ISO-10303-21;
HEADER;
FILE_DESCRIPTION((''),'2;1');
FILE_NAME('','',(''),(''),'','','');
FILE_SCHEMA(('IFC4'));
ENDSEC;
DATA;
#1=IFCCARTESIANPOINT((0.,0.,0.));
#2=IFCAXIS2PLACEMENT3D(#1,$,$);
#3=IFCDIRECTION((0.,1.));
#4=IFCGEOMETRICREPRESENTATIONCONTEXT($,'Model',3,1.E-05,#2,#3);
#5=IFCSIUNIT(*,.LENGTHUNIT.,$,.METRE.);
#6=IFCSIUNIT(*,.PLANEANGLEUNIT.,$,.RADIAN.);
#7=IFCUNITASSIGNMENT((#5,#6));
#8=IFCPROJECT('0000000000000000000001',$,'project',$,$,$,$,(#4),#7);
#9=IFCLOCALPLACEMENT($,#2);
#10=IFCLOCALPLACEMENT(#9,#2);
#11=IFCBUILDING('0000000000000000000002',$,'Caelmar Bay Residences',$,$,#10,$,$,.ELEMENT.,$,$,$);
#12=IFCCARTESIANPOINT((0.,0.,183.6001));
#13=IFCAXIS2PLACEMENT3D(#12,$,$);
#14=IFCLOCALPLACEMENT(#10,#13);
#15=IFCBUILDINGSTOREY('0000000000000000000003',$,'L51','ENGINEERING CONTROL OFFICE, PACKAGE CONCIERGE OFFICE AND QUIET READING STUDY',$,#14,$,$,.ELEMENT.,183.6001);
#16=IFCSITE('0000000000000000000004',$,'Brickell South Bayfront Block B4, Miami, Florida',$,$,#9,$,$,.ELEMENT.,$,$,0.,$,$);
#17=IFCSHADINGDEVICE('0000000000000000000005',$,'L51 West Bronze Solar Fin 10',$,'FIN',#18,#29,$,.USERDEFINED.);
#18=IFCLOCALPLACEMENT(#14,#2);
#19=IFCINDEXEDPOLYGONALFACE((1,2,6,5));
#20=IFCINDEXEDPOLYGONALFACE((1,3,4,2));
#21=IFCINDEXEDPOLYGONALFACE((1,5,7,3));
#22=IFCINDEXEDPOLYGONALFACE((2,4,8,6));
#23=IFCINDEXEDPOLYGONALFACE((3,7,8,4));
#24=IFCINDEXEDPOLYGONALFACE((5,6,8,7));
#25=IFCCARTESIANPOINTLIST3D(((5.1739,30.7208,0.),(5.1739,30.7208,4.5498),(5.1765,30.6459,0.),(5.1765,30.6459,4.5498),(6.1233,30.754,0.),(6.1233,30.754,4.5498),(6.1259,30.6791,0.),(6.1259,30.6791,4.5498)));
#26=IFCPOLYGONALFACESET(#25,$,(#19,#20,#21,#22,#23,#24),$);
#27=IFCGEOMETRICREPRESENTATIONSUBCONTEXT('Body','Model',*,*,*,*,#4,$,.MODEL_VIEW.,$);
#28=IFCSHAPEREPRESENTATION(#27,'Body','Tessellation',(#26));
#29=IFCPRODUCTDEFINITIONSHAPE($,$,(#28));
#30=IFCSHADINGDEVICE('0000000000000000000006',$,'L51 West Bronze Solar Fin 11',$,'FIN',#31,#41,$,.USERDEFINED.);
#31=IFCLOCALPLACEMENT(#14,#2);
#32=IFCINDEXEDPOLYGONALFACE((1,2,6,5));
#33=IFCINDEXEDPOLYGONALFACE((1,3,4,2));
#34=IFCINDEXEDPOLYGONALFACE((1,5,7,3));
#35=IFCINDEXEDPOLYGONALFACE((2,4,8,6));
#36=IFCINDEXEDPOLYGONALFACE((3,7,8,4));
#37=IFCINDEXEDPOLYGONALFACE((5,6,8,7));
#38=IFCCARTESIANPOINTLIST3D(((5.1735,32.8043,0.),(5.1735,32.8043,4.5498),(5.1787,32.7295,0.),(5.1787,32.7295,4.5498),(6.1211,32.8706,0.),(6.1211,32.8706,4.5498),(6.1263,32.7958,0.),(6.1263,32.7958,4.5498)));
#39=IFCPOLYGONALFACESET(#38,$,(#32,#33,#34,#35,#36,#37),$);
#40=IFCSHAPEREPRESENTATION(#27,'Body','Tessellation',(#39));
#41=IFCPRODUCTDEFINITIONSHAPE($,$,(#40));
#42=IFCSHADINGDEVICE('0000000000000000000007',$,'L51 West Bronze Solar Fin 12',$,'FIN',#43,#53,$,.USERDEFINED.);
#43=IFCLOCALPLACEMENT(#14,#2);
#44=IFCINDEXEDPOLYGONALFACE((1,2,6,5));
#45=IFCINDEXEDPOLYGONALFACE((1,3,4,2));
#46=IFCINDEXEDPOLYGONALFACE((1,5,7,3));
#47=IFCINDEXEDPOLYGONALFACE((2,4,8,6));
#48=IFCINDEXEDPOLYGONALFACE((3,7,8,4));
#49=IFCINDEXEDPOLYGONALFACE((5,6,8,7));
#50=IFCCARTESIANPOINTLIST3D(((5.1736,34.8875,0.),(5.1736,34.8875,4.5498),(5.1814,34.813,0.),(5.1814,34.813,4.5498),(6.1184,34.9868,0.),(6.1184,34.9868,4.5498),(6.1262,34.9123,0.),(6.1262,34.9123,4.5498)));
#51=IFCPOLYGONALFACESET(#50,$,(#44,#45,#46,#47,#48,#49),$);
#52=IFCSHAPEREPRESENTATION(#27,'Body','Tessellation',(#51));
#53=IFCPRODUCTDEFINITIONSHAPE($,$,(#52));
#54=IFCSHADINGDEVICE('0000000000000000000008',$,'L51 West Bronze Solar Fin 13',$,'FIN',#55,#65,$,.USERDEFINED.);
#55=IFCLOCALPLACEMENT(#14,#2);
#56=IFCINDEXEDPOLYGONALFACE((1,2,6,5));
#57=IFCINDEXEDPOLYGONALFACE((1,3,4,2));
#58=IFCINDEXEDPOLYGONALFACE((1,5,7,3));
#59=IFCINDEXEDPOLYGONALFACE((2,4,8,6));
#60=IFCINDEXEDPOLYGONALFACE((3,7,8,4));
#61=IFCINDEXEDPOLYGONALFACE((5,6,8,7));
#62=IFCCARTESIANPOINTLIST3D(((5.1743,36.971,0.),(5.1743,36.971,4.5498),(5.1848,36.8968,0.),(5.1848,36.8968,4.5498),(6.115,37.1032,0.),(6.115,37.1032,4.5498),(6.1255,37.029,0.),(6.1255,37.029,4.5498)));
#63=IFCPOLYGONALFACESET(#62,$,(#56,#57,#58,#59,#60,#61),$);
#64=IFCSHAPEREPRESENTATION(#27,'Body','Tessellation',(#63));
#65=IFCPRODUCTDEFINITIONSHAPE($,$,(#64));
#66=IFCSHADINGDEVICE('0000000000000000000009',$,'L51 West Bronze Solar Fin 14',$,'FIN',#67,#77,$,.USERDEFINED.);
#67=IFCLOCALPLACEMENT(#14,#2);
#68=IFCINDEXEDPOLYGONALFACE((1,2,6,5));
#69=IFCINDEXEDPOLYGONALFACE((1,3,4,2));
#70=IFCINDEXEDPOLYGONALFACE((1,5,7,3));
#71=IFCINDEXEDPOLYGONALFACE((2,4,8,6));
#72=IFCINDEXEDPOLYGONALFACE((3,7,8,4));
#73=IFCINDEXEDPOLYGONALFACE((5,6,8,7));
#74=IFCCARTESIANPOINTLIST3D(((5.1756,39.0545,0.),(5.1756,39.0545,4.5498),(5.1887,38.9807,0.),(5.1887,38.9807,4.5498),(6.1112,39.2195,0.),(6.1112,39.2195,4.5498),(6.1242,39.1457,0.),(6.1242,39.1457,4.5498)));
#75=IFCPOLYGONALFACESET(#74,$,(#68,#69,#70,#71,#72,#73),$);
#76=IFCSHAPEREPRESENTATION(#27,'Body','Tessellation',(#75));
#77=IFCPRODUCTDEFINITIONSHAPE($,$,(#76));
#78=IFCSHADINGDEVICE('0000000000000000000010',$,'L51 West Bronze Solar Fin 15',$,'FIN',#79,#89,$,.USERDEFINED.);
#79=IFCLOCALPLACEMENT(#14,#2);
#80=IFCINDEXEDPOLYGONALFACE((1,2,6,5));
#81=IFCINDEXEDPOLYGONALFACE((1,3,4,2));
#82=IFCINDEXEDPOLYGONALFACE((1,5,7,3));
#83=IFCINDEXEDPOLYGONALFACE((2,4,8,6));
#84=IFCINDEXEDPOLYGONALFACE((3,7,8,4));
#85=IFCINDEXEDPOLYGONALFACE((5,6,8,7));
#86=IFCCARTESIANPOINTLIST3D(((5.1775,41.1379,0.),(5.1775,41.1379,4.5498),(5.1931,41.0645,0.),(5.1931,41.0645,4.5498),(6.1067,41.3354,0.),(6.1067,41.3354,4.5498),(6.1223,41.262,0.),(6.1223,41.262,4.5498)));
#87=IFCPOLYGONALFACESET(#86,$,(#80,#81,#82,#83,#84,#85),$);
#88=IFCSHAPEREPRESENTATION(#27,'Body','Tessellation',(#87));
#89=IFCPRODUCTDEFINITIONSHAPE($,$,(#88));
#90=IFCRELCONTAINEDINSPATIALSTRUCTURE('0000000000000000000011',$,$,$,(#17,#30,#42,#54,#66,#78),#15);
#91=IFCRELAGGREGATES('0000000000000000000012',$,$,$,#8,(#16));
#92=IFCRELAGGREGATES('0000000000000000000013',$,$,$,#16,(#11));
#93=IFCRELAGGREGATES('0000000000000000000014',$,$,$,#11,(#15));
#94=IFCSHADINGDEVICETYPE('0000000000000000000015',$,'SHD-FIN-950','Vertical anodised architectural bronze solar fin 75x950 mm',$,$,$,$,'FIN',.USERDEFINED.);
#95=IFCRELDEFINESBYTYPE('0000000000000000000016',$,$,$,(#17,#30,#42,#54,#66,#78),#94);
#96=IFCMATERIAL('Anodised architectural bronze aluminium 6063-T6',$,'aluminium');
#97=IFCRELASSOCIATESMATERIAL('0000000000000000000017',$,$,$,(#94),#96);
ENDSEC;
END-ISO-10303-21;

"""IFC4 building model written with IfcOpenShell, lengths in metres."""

from ifc_helpers import new_model, si_unit, direction, frame, origin, origin_2d, place, context, subcontext, project, spatial, rectangle, extrude, material, material_profile, profile_set, type_object, element, save


model = new_model("IFC4")

# Units and contexts
model_context = context("Model", 3, precision=1e-05, world=origin(), true_north=direction((0.0, 1.0)))
body_context = subcontext(model_context, "Body", "Model", "MODEL_VIEW")
ifc_project = project(units=[si_unit("LENGTHUNIT", "METRE"), si_unit("PLANEANGLEUNIT", "RADIAN")], contexts=[model_context])

# Site, building, storey
site_placement = place(None, origin())
site = spatial("IfcSite", under=ifc_project, at=site_placement, Name="Brickell South Bayfront Block B4, Miami, Florida", CompositionType="ELEMENT", RefElevation=0.0)
building_placement = place(site_placement, origin())
building = spatial("IfcBuilding", under=site, at=building_placement, Name="Caelmar Bay Residences", CompositionType="ELEMENT")
storey_placement = place(building_placement, frame((0.0, 0.0, 183.6001)))
storey = spatial("IfcBuildingStorey", under=building, at=storey_placement, Name="L51", Description="ENGINEERING CONTROL OFFICE, PACKAGE CONCIERGE OFFICE AND QUIET READING STUDY", CompositionType="ELEMENT", Elevation=183.6001)

# Shading devices
ifc_material = material(Name="Anodised architectural bronze aluminium 6063-T6", Category="aluminium")
ifc_material_profile = material_profile(ifc_material, rectangle(XDim=0.075, YDim=0.95, at=origin_2d()), Name="BRONZE-FIN-75X950")
ifc_profile_set = profile_set([ifc_material_profile], Name="Anodised architectural bronze aluminium 6063-T6")
shading_device_type = type_object("IfcShadingDeviceType", Name="SHD-FIN-950", Description="Vertical anodised architectural bronze solar fin 75x950 mm", ElementType="FIN", PredefinedType="USERDEFINED", material=ifc_profile_set)
for number, where, z_axis, x_axis, name in (
    (1, (5.6499, 30.7, 0.0), (0.0, 0.0, 1.0), (-0.034899, 0.999391, 0.0), "L51 West Bronze Solar Fin 10"),
    (2, (5.6499, 32.8, 0.0), (0.0, 0.0, 1.0), (-0.069756, 0.997564, 0.0), "L51 West Bronze Solar Fin 11"),
    (3, (5.6499, 34.8999, 0.0), (0.0, 0.0, 1.0), (-0.104528, 0.994522, 0.0), "L51 West Bronze Solar Fin 12"),
    (4, (5.6499, 37.0, 0.0), (0.0, 0.0, 1.0), (-0.139173, 0.990268, 0.0), "L51 West Bronze Solar Fin 13"),
    (5, (5.6499, 39.1001, 0.0), (0.0, 0.0, 1.0), (-0.173648, 0.984808, 0.0), "L51 West Bronze Solar Fin 14"),
    (6, (5.6499, 41.2, 0.0), (0.0, 0.0, 1.0), (-0.207912, 0.978148, 0.0), "L51 West Bronze Solar Fin 15"),
):
    element("IfcShadingDevice", number, at=place(storey_placement, frame(where, z_axis=z_axis, x_axis=x_axis)), inside=storey, type_object=shading_device_type, Name=name, ObjectType="FIN", PredefinedType="USERDEFINED", context=body_context, shape_type="SweptSolid", body=[
        extrude(rectangle(XDim=0.075, YDim=0.95, at=origin_2d()), origin(), (0.0, 0.0, 1.0), 4.5498),
    ])

save(model, "model.ifc")
